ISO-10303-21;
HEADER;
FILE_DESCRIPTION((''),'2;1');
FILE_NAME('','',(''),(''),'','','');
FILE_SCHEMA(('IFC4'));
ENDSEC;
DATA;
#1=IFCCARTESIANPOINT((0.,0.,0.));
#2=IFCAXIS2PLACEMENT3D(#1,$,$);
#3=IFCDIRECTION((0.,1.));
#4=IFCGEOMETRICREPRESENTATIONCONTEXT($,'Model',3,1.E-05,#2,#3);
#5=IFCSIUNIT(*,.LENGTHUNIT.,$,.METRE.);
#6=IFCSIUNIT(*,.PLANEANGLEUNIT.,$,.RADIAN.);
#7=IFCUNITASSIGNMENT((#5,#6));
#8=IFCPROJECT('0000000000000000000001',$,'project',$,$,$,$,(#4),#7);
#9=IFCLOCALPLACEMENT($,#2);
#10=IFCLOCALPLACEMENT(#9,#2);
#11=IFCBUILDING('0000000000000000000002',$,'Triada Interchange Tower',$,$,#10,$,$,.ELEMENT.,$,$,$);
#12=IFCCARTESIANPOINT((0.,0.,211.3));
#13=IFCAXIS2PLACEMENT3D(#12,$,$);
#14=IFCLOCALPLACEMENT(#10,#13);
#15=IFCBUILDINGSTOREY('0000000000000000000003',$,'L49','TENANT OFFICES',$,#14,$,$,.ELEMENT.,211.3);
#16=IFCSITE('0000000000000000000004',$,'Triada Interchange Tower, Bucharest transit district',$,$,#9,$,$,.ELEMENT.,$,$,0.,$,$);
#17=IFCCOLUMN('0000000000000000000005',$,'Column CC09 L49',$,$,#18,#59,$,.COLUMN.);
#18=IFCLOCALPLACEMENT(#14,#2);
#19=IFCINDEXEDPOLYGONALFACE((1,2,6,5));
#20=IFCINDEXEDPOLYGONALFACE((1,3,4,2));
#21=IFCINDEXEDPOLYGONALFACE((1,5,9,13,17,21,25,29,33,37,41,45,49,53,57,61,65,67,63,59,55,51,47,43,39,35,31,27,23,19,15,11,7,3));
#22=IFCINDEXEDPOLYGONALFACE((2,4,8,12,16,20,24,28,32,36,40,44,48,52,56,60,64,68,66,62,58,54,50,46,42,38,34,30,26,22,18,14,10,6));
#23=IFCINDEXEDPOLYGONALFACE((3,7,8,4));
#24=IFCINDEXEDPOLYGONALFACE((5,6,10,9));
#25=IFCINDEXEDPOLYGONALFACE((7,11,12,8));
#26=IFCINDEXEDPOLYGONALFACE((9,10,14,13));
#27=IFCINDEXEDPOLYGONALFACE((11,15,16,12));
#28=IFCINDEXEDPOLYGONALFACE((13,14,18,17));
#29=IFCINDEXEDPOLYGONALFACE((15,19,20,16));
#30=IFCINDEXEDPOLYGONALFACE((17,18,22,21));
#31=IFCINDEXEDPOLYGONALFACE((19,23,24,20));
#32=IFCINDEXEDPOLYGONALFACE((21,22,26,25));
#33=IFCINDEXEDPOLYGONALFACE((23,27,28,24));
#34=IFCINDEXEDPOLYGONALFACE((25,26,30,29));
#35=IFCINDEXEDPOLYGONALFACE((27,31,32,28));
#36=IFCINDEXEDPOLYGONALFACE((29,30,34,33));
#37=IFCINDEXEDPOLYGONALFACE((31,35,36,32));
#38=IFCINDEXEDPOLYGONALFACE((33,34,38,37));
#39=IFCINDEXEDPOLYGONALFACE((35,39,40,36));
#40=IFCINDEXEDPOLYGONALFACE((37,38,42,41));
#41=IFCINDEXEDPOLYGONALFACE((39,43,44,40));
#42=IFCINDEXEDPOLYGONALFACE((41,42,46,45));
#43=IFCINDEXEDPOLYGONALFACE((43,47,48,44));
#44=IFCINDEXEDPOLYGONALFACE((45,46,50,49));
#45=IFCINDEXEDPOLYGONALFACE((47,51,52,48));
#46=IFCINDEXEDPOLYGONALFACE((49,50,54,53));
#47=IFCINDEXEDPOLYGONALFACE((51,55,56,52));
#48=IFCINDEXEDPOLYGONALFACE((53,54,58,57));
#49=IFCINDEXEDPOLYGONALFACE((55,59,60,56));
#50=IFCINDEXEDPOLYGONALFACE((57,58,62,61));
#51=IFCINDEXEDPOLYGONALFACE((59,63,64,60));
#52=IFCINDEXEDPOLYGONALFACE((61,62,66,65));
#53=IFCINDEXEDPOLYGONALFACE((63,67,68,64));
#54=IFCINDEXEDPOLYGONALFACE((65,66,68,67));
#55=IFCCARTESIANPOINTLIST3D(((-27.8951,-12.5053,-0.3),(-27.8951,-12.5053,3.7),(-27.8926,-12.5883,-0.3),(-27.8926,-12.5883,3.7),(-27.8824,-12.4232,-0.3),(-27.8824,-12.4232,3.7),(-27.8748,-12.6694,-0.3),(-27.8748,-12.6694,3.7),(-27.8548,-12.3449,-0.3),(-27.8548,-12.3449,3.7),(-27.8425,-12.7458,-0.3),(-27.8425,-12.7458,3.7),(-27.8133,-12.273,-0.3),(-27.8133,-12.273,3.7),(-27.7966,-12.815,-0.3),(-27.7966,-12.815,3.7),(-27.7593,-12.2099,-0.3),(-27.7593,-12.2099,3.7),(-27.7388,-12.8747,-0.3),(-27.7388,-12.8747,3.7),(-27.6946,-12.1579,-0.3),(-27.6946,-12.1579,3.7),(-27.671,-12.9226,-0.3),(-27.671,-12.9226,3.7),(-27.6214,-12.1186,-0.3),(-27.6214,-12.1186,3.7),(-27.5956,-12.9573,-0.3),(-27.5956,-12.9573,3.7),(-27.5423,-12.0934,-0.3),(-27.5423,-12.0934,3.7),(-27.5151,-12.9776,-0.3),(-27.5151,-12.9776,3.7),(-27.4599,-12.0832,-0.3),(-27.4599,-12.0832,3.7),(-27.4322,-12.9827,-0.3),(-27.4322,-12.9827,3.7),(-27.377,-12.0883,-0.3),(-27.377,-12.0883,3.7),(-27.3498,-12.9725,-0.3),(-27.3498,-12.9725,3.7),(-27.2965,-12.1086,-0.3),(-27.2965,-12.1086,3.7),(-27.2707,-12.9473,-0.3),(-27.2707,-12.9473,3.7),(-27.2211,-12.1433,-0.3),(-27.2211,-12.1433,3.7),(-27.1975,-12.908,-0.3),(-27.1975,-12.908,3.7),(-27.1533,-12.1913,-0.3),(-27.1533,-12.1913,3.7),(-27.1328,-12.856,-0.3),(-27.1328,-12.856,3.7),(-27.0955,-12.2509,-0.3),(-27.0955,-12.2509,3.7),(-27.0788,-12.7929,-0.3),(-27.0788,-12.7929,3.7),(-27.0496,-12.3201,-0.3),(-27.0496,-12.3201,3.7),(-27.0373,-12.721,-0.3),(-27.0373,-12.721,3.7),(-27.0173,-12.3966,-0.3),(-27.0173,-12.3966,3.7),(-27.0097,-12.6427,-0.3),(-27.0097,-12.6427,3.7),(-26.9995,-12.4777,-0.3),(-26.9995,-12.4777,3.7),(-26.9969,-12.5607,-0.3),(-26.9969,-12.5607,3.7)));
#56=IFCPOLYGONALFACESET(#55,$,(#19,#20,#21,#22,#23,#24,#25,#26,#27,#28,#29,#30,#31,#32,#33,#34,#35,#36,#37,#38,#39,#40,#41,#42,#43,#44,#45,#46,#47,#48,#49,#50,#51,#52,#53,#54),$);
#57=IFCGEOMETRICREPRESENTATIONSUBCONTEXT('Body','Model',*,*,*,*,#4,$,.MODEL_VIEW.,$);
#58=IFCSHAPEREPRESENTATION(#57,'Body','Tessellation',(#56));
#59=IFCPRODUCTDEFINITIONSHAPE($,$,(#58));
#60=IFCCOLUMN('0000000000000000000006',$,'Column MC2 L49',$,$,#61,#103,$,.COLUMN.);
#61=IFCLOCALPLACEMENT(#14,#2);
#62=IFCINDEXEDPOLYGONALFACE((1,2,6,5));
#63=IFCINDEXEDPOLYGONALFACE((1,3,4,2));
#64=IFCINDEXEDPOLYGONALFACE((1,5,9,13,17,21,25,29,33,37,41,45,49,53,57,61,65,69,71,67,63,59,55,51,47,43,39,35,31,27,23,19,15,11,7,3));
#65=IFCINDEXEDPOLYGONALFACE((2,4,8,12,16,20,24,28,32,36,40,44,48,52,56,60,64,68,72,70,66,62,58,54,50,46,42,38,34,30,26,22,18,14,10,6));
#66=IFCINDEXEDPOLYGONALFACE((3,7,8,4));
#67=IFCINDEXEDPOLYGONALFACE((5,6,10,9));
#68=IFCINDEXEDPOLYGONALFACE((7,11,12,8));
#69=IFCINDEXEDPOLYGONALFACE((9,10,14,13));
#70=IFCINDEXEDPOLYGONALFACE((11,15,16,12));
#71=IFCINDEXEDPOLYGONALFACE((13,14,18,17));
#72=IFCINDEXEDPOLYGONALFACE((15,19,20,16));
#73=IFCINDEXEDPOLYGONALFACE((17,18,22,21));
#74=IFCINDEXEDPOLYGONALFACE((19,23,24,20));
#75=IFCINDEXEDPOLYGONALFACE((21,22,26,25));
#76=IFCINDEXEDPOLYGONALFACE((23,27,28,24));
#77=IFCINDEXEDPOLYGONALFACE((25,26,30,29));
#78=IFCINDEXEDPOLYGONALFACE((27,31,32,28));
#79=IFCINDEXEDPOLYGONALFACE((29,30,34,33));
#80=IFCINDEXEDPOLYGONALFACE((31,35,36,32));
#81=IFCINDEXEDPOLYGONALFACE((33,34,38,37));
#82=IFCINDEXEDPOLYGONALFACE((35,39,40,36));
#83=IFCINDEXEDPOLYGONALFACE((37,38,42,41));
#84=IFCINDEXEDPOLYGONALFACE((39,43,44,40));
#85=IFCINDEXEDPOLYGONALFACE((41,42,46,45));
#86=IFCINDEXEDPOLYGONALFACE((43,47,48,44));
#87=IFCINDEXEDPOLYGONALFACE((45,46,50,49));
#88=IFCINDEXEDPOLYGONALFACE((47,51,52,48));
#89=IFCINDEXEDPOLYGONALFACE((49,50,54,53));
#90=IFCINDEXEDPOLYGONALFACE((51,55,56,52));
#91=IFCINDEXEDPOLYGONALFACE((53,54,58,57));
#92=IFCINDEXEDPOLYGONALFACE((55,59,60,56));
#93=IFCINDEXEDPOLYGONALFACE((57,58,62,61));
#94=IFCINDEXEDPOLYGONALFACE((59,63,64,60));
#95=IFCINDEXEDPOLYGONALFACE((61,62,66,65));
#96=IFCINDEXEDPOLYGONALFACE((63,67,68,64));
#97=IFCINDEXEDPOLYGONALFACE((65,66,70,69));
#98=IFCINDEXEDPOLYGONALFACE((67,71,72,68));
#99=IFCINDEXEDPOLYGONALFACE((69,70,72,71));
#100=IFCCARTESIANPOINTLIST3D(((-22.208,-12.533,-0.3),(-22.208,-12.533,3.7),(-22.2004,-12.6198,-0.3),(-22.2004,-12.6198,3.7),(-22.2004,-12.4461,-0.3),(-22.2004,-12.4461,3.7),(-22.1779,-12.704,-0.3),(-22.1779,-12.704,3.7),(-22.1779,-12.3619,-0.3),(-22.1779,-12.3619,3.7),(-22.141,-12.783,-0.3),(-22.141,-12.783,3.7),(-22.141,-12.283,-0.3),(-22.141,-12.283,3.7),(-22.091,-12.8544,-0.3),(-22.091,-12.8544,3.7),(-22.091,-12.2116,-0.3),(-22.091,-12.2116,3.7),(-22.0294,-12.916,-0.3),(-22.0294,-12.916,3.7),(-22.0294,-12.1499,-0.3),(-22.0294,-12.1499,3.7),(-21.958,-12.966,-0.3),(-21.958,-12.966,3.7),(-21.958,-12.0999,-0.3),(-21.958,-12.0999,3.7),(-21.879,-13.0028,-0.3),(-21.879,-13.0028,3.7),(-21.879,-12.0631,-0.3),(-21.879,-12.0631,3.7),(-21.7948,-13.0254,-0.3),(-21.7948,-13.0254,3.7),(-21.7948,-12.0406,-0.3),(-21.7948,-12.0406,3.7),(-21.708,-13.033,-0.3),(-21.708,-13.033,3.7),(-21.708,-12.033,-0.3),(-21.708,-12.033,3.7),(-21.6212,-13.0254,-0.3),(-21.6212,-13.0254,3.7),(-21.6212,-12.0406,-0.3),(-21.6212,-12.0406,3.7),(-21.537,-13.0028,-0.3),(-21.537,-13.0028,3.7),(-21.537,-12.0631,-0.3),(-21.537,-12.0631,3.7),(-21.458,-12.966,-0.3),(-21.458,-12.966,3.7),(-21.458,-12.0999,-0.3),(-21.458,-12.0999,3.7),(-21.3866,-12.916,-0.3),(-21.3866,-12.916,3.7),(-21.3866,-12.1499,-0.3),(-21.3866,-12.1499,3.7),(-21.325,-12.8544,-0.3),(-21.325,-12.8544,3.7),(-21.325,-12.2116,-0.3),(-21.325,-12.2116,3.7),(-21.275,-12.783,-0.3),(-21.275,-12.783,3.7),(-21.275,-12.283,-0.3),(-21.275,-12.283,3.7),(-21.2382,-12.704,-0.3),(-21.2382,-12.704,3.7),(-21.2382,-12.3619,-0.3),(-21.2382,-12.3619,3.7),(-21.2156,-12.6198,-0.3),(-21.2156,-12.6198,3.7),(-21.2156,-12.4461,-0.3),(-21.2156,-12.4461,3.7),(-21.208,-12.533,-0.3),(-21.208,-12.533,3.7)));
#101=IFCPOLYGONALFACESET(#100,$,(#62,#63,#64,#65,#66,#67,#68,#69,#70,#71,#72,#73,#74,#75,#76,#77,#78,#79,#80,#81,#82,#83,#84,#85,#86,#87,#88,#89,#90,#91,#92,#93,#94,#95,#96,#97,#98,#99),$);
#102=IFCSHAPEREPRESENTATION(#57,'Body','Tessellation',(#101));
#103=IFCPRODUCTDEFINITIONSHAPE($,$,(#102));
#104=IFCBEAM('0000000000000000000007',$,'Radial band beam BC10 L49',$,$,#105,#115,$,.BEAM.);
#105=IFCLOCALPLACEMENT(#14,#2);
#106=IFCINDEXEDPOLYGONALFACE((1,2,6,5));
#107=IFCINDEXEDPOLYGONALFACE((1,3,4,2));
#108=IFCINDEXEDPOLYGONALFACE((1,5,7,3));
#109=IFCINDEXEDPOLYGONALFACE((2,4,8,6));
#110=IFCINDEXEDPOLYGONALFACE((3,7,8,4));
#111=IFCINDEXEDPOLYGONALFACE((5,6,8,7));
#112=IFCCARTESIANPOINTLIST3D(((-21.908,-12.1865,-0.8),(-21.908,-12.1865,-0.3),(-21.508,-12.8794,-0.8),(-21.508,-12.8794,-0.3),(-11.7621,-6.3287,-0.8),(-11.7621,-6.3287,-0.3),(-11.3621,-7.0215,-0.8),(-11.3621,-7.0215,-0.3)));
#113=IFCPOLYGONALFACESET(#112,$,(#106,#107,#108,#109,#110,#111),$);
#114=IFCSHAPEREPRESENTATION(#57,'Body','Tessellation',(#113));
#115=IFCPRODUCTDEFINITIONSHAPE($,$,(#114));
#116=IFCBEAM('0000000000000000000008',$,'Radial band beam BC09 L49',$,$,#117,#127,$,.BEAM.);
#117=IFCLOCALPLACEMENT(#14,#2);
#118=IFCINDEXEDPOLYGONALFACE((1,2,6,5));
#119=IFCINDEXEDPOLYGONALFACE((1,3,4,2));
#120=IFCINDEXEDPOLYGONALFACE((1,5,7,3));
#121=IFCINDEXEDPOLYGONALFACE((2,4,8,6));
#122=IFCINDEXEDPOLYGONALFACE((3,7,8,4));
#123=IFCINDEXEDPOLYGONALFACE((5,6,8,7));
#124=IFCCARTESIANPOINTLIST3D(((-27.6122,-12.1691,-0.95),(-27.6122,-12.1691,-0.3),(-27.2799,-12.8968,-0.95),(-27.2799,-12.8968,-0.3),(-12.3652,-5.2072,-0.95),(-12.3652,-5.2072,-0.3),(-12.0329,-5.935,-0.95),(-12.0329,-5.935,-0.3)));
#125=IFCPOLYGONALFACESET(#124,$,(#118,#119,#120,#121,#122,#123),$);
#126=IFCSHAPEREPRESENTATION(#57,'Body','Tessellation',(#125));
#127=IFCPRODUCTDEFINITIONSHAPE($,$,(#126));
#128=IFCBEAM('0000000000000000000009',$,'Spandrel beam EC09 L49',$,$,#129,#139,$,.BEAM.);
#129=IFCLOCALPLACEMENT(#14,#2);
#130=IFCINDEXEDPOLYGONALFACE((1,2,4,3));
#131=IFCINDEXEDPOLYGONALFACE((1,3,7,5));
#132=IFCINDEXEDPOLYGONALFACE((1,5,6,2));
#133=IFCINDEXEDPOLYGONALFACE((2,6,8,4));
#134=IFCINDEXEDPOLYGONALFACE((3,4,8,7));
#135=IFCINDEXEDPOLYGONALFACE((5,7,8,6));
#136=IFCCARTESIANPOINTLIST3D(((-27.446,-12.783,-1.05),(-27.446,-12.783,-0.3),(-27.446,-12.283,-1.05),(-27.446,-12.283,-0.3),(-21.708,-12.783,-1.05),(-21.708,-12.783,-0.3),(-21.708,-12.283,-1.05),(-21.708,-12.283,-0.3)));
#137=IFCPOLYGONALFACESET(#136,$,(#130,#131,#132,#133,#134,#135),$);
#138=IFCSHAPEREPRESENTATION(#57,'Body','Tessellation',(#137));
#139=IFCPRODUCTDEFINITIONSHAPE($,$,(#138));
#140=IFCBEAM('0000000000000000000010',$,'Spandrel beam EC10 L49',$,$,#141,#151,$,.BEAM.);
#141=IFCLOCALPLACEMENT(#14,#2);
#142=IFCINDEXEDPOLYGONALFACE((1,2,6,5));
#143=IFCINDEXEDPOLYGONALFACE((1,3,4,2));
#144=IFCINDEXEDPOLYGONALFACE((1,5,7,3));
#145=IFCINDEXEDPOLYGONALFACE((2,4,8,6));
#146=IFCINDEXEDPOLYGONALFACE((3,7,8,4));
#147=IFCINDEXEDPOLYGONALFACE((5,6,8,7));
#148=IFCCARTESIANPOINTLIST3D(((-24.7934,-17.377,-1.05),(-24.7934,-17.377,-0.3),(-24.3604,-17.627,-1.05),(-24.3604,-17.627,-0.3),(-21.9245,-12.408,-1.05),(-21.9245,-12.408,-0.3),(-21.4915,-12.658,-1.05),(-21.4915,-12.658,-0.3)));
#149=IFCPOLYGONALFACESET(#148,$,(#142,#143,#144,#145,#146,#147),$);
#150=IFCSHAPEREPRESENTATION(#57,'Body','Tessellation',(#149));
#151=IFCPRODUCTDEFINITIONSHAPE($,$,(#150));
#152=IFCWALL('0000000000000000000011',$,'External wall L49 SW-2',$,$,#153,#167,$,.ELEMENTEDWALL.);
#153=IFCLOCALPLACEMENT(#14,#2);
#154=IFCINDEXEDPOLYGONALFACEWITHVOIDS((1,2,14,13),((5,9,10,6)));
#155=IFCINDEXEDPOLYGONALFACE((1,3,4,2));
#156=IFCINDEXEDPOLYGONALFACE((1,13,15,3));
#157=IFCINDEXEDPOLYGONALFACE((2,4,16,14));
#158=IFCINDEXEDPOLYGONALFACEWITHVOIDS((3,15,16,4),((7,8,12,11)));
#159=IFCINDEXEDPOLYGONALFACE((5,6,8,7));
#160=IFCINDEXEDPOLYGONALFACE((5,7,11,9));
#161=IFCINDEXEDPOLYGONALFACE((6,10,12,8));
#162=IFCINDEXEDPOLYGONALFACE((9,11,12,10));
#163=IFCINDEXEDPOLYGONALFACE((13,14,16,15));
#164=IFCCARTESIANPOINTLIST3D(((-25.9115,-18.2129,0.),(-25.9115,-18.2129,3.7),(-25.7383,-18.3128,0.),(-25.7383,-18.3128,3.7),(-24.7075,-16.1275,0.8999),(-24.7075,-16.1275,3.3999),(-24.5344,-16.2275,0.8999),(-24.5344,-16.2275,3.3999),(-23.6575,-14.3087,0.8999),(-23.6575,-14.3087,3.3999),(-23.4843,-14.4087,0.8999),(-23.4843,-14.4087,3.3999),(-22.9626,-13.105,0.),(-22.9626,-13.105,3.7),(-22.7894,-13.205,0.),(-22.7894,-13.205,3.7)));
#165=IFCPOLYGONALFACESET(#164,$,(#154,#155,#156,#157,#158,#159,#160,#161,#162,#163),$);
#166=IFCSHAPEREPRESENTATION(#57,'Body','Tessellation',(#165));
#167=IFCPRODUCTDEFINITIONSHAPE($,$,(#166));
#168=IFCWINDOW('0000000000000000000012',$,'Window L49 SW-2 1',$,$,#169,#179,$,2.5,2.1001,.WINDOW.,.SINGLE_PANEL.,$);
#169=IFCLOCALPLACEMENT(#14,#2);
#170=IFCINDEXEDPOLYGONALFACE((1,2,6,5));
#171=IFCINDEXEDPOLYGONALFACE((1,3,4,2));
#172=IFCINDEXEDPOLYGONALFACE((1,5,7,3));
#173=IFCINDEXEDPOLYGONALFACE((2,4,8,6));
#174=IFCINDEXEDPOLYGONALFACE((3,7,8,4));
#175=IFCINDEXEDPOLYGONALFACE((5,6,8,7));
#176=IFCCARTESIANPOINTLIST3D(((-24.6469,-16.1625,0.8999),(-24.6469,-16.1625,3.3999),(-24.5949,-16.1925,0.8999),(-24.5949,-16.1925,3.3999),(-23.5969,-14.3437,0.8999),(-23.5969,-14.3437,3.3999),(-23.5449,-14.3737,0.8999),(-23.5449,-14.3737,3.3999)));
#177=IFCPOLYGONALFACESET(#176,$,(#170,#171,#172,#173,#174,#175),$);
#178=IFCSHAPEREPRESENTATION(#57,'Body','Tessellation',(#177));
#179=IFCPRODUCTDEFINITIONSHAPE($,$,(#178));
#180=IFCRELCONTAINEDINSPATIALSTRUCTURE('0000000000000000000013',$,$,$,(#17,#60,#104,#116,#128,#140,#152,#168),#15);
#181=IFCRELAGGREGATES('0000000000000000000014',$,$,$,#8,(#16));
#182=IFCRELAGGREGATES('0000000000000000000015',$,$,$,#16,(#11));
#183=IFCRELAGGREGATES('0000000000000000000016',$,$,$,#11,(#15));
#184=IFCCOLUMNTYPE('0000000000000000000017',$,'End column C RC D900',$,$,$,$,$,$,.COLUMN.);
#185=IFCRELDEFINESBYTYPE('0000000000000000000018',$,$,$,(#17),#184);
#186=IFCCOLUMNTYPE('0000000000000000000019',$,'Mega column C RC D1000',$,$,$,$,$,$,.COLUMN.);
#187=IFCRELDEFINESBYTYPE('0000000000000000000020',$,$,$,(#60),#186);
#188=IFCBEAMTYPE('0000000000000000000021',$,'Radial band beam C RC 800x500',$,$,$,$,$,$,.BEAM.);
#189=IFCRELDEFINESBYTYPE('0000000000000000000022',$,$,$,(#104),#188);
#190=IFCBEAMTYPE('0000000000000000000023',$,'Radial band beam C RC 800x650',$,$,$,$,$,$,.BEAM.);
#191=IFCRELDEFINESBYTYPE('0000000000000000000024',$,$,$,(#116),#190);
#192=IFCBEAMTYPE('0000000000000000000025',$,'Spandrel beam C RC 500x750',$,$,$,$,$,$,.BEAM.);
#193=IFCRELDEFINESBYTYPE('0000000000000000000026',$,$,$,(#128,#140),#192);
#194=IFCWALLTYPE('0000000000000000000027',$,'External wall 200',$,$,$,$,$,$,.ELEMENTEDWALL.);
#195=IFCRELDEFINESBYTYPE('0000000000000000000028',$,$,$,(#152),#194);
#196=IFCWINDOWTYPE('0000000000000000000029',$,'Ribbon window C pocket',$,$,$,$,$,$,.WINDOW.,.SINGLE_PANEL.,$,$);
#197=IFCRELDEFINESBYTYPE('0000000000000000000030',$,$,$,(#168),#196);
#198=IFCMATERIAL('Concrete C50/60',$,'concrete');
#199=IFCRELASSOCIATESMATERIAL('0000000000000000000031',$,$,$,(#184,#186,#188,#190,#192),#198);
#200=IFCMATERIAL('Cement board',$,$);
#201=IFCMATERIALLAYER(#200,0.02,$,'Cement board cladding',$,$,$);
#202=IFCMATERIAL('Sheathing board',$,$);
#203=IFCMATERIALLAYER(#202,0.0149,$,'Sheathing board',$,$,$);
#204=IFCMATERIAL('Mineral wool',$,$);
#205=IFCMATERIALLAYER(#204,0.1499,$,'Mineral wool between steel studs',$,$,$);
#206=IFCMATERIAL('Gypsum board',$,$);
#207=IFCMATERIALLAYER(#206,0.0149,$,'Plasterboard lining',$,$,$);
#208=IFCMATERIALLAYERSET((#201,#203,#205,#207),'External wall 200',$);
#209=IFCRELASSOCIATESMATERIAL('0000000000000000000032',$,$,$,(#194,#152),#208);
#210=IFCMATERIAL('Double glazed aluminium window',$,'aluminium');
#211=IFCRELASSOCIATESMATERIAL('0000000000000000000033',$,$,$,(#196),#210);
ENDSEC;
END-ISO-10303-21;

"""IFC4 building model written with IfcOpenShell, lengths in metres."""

from ifc_helpers import new_model, si_unit, direction, frame, frame_2d, origin, origin_2d, place, context, subcontext, project, spatial, rectangle, circle, extrude, material, layer, layer_set, layer_usage, material_profile, profile_set, type_object, element, fill, save


model = new_model("IFC4")

# Units and contexts
model_context = context("Model", 3, precision=1e-05, world=origin(), true_north=direction((0.0, 1.0)))
body_context = subcontext(model_context, "Body", "Model", "MODEL_VIEW")
ifc_project = project(units=[si_unit("LENGTHUNIT", "METRE"), si_unit("PLANEANGLEUNIT", "RADIAN")], contexts=[model_context])

# Site, building, storey
site_placement = place(None, origin())
site = spatial("IfcSite", under=ifc_project, at=site_placement, Name="Triada Interchange Tower, Bucharest transit district", CompositionType="ELEMENT", RefElevation=0.0)
building_placement = place(site_placement, origin())
building = spatial("IfcBuilding", under=site, at=building_placement, Name="Triada Interchange Tower", CompositionType="ELEMENT")
storey_placement = place(building_placement, frame((0.0, 0.0, 211.3)))
storey = spatial("IfcBuildingStorey", under=building, at=storey_placement, Name="L49", Description="TENANT OFFICES", CompositionType="ELEMENT", Elevation=211.3)

# Columns
ifc_material_1 = material(Name="Concrete C50/60", Category="concrete")
ifc_material_profile_1 = material_profile(ifc_material_1, circle(Radius=0.45, at=origin_2d()), Name="RC D900")
ifc_profile_set_1 = profile_set([ifc_material_profile_1], Name="Concrete C50/60")
column_type_1 = type_object("IfcColumnType", Name="End column C RC D900", PredefinedType="COLUMN", material=ifc_profile_set_1)
column_1_placement = place(storey_placement, frame((-27.446, -12.533, -0.3), z_axis=(0.0, 0.0, 1.0), x_axis=(0.5, 0.866025, 0.0)))
element("IfcColumn", 1, at=column_1_placement, inside=storey, type_object=column_type_1, Name="Column CC09 L49", PredefinedType="COLUMN", context=body_context, shape_type="SweptSolid", body=[
    extrude(circle(Radius=0.45, at=origin_2d()), origin(), (0.0, 0.0, 1.0), 4.0),
])
ifc_material_profile_2 = material_profile(ifc_material_1, circle(Radius=0.5, at=origin_2d()), Name="RC D1000")
ifc_profile_set_2 = profile_set([ifc_material_profile_2], Name="Concrete C50/60")
column_type_2 = type_object("IfcColumnType", Name="Mega column C RC D1000", PredefinedType="COLUMN", material=ifc_profile_set_2)
column_2_placement = place(storey_placement, frame((-21.708, -12.533, -0.3), z_axis=(0.0, 0.0, 1.0), x_axis=(1.0, 0.0, 0.0)))
element("IfcColumn", 2, at=column_2_placement, inside=storey, type_object=column_type_2, Name="Column MC2 L49", PredefinedType="COLUMN", context=body_context, shape_type="SweptSolid", body=[
    extrude(circle(Radius=0.5, at=origin_2d()), origin(), (0.0, 0.0, 1.0), 4.0),
])

# Beams
ifc_material_profile_3 = material_profile(ifc_material_1, rectangle(XDim=0.8, YDim=0.5, at=origin_2d()), Name="RC 800x500")
ifc_profile_set_3 = profile_set([ifc_material_profile_3], Name="Concrete C50/60")
beam_type_1 = type_object("IfcBeamType", Name="Radial band beam C RC 800x500", PredefinedType="BEAM", material=ifc_profile_set_3)
beam_1_placement = place(storey_placement, frame((-21.708, -12.533, -0.55), z_axis=(0.866021, 0.500007, 0.0), x_axis=(-0.500007, 0.866021, 0.0)))
element("IfcBeam", 3, at=beam_1_placement, inside=storey, type_object=beam_type_1, Name="Radial band beam BC10 L49", PredefinedType="BEAM", context=body_context, shape_type="SweptSolid", body=[
    extrude(rectangle(XDim=0.8, YDim=0.5, at=origin_2d()), origin(), (0.0, 0.0, 1.0), 11.7156),
])
ifc_material_profile_4 = material_profile(ifc_material_1, rectangle(XDim=0.8, YDim=0.6499, at=origin_2d()), Name="RC 800x650")
ifc_profile_set_4 = profile_set([ifc_material_profile_4], Name="Concrete C50/60")
beam_type_2 = type_object("IfcBeamType", Name="Radial band beam C RC 800x650", PredefinedType="BEAM", material=ifc_profile_set_4)
beam_2_placement = place(storey_placement, frame((-27.446, -12.533, -0.625), z_axis=(0.909659, 0.415356, 0.0), x_axis=(-0.415356, 0.909659, 0.0)))
element("IfcBeam", 4, at=beam_2_placement, inside=storey, type_object=beam_type_2, Name="Radial band beam BC09 L49", PredefinedType="BEAM", context=body_context, shape_type="SweptSolid", body=[
    extrude(rectangle(XDim=0.8, YDim=0.6499, at=origin_2d()), origin(), (0.0, 0.0, 1.0), 16.7612),
])
ifc_material_profile_5 = material_profile(ifc_material_1, rectangle(XDim=0.5, YDim=0.75, at=origin_2d()), Name="RC 500x750")
ifc_profile_set_5 = profile_set([ifc_material_profile_5], Name="Concrete C50/60")
beam_type_3 = type_object("IfcBeamType", Name="Spandrel beam C RC 500x750", PredefinedType="BEAM", material=ifc_profile_set_5)
beam_3_placement = place(storey_placement, frame((-27.446, -12.533, -0.675), z_axis=(1.0, 0.0, 0.0), x_axis=(0.0, 1.0, 0.0)))
element("IfcBeam", 5, at=beam_3_placement, inside=storey, type_object=beam_type_3, Name="Spandrel beam EC09 L49", PredefinedType="BEAM", context=body_context, shape_type="SweptSolid", body=[
    extrude(rectangle(XDim=0.5, YDim=0.75, at=origin_2d()), origin(), (0.0, 0.0, 1.0), 5.738),
])
beam_4_placement = place(storey_placement, frame((-21.708, -12.533, -0.675), z_axis=(-0.500006, -0.866022, 0.0), x_axis=(0.866022, -0.500006, 0.0)))
element("IfcBeam", 6, at=beam_4_placement, inside=storey, type_object=beam_type_3, Name="Spandrel beam EC10 L49", PredefinedType="BEAM", context=body_context, shape_type="SweptSolid", body=[
    extrude(rectangle(XDim=0.5, YDim=0.75, at=origin_2d()), origin(), (0.0, 0.0, 1.0), 5.7378),
])

# Wall, opening, window
ifc_material_2 = material(Name="Cement board")
ifc_layer_1 = layer(ifc_material_2, 0.02, Name="Cement board cladding")
ifc_material_3 = material(Name="Sheathing board")
ifc_layer_2 = layer(ifc_material_3, 0.0149, Name="Sheathing board")
ifc_material_4 = material(Name="Mineral wool")
ifc_layer_3 = layer(ifc_material_4, 0.1499, Name="Mineral wool between steel studs")
ifc_material_5 = material(Name="Gypsum board")
ifc_layer_4 = layer(ifc_material_5, 0.0149, Name="Plasterboard lining")
ifc_layer_set_1 = layer_set([ifc_layer_1, ifc_layer_2, ifc_layer_3, ifc_layer_4], Name="External wall 200")
ifc_layer_usage = layer_usage(ifc_layer_set_1, "AXIS2", "POSITIVE", -0.1001)
wall_type_1 = type_object("IfcWallType", Name="External wall 200", PredefinedType="ELEMENTEDWALL", material=ifc_layer_set_1)
wall_1_placement = place(storey_placement, frame((-22.876, -13.155, 0.0), z_axis=(0.0, 0.0, 1.0), x_axis=(-0.49999, -0.866031, 0.0)))
wall_1 = element("IfcWall", 7, at=wall_1_placement, inside=storey, type_object=wall_type_1, material=ifc_layer_usage, Name="External wall L49 SW-2", PredefinedType="ELEMENTEDWALL", context=body_context, shape_type="SweptSolid", body=[
    extrude(rectangle(XDim=5.8979, YDim=0.2, at=frame_2d((2.949, 0.0))), origin(), (0.0, 0.0, 1.0), 3.7),
])
opening_1_placement = place(wall_1_placement, frame((1.3899, 0.0, 0.8999)))
opening_1 = element("IfcOpeningElement", 8, at=opening_1_placement, cuts=wall_1, PredefinedType="OPENING", context=body_context, shape_type="SweptSolid", body=[
    extrude(rectangle(XDim=2.1001, YDim=2.5, at=frame_2d((1.05, 1.25))), frame((0.0, 0.1099, 0.0), z_axis=(0.0, -1.0, 0.0), x_axis=(1.0, 0.0, 0.0)), (0.0, 0.0, 1.0), 0.22),
])
ifc_material_6 = material(Name="Double glazed aluminium window", Category="aluminium")
window_type = type_object("IfcWindowType", Name="Ribbon window C pocket", PartitioningType="SINGLE_PANEL", PredefinedType="WINDOW", material=ifc_material_6)
window_placement = place(opening_1_placement, origin())
window = element("IfcWindow", 9, at=window_placement, inside=storey, type_object=window_type, Name="Window L49 SW-2 1", OverallHeight=2.5, OverallWidth=2.1001, PartitioningType="SINGLE_PANEL", PredefinedType="WINDOW", context=body_context, shape_type="SweptSolid", body=[
    extrude(rectangle(XDim=2.1001, YDim=2.5, at=frame_2d((1.05, 1.25))), frame((0.0, 0.03, 0.0), z_axis=(0.0, -1.0, 0.0), x_axis=(1.0, 0.0, 0.0)), (0.0, 0.0, 1.0), 0.0601),
])
fill(opening_1, window)

save(model, "model.ifc")
